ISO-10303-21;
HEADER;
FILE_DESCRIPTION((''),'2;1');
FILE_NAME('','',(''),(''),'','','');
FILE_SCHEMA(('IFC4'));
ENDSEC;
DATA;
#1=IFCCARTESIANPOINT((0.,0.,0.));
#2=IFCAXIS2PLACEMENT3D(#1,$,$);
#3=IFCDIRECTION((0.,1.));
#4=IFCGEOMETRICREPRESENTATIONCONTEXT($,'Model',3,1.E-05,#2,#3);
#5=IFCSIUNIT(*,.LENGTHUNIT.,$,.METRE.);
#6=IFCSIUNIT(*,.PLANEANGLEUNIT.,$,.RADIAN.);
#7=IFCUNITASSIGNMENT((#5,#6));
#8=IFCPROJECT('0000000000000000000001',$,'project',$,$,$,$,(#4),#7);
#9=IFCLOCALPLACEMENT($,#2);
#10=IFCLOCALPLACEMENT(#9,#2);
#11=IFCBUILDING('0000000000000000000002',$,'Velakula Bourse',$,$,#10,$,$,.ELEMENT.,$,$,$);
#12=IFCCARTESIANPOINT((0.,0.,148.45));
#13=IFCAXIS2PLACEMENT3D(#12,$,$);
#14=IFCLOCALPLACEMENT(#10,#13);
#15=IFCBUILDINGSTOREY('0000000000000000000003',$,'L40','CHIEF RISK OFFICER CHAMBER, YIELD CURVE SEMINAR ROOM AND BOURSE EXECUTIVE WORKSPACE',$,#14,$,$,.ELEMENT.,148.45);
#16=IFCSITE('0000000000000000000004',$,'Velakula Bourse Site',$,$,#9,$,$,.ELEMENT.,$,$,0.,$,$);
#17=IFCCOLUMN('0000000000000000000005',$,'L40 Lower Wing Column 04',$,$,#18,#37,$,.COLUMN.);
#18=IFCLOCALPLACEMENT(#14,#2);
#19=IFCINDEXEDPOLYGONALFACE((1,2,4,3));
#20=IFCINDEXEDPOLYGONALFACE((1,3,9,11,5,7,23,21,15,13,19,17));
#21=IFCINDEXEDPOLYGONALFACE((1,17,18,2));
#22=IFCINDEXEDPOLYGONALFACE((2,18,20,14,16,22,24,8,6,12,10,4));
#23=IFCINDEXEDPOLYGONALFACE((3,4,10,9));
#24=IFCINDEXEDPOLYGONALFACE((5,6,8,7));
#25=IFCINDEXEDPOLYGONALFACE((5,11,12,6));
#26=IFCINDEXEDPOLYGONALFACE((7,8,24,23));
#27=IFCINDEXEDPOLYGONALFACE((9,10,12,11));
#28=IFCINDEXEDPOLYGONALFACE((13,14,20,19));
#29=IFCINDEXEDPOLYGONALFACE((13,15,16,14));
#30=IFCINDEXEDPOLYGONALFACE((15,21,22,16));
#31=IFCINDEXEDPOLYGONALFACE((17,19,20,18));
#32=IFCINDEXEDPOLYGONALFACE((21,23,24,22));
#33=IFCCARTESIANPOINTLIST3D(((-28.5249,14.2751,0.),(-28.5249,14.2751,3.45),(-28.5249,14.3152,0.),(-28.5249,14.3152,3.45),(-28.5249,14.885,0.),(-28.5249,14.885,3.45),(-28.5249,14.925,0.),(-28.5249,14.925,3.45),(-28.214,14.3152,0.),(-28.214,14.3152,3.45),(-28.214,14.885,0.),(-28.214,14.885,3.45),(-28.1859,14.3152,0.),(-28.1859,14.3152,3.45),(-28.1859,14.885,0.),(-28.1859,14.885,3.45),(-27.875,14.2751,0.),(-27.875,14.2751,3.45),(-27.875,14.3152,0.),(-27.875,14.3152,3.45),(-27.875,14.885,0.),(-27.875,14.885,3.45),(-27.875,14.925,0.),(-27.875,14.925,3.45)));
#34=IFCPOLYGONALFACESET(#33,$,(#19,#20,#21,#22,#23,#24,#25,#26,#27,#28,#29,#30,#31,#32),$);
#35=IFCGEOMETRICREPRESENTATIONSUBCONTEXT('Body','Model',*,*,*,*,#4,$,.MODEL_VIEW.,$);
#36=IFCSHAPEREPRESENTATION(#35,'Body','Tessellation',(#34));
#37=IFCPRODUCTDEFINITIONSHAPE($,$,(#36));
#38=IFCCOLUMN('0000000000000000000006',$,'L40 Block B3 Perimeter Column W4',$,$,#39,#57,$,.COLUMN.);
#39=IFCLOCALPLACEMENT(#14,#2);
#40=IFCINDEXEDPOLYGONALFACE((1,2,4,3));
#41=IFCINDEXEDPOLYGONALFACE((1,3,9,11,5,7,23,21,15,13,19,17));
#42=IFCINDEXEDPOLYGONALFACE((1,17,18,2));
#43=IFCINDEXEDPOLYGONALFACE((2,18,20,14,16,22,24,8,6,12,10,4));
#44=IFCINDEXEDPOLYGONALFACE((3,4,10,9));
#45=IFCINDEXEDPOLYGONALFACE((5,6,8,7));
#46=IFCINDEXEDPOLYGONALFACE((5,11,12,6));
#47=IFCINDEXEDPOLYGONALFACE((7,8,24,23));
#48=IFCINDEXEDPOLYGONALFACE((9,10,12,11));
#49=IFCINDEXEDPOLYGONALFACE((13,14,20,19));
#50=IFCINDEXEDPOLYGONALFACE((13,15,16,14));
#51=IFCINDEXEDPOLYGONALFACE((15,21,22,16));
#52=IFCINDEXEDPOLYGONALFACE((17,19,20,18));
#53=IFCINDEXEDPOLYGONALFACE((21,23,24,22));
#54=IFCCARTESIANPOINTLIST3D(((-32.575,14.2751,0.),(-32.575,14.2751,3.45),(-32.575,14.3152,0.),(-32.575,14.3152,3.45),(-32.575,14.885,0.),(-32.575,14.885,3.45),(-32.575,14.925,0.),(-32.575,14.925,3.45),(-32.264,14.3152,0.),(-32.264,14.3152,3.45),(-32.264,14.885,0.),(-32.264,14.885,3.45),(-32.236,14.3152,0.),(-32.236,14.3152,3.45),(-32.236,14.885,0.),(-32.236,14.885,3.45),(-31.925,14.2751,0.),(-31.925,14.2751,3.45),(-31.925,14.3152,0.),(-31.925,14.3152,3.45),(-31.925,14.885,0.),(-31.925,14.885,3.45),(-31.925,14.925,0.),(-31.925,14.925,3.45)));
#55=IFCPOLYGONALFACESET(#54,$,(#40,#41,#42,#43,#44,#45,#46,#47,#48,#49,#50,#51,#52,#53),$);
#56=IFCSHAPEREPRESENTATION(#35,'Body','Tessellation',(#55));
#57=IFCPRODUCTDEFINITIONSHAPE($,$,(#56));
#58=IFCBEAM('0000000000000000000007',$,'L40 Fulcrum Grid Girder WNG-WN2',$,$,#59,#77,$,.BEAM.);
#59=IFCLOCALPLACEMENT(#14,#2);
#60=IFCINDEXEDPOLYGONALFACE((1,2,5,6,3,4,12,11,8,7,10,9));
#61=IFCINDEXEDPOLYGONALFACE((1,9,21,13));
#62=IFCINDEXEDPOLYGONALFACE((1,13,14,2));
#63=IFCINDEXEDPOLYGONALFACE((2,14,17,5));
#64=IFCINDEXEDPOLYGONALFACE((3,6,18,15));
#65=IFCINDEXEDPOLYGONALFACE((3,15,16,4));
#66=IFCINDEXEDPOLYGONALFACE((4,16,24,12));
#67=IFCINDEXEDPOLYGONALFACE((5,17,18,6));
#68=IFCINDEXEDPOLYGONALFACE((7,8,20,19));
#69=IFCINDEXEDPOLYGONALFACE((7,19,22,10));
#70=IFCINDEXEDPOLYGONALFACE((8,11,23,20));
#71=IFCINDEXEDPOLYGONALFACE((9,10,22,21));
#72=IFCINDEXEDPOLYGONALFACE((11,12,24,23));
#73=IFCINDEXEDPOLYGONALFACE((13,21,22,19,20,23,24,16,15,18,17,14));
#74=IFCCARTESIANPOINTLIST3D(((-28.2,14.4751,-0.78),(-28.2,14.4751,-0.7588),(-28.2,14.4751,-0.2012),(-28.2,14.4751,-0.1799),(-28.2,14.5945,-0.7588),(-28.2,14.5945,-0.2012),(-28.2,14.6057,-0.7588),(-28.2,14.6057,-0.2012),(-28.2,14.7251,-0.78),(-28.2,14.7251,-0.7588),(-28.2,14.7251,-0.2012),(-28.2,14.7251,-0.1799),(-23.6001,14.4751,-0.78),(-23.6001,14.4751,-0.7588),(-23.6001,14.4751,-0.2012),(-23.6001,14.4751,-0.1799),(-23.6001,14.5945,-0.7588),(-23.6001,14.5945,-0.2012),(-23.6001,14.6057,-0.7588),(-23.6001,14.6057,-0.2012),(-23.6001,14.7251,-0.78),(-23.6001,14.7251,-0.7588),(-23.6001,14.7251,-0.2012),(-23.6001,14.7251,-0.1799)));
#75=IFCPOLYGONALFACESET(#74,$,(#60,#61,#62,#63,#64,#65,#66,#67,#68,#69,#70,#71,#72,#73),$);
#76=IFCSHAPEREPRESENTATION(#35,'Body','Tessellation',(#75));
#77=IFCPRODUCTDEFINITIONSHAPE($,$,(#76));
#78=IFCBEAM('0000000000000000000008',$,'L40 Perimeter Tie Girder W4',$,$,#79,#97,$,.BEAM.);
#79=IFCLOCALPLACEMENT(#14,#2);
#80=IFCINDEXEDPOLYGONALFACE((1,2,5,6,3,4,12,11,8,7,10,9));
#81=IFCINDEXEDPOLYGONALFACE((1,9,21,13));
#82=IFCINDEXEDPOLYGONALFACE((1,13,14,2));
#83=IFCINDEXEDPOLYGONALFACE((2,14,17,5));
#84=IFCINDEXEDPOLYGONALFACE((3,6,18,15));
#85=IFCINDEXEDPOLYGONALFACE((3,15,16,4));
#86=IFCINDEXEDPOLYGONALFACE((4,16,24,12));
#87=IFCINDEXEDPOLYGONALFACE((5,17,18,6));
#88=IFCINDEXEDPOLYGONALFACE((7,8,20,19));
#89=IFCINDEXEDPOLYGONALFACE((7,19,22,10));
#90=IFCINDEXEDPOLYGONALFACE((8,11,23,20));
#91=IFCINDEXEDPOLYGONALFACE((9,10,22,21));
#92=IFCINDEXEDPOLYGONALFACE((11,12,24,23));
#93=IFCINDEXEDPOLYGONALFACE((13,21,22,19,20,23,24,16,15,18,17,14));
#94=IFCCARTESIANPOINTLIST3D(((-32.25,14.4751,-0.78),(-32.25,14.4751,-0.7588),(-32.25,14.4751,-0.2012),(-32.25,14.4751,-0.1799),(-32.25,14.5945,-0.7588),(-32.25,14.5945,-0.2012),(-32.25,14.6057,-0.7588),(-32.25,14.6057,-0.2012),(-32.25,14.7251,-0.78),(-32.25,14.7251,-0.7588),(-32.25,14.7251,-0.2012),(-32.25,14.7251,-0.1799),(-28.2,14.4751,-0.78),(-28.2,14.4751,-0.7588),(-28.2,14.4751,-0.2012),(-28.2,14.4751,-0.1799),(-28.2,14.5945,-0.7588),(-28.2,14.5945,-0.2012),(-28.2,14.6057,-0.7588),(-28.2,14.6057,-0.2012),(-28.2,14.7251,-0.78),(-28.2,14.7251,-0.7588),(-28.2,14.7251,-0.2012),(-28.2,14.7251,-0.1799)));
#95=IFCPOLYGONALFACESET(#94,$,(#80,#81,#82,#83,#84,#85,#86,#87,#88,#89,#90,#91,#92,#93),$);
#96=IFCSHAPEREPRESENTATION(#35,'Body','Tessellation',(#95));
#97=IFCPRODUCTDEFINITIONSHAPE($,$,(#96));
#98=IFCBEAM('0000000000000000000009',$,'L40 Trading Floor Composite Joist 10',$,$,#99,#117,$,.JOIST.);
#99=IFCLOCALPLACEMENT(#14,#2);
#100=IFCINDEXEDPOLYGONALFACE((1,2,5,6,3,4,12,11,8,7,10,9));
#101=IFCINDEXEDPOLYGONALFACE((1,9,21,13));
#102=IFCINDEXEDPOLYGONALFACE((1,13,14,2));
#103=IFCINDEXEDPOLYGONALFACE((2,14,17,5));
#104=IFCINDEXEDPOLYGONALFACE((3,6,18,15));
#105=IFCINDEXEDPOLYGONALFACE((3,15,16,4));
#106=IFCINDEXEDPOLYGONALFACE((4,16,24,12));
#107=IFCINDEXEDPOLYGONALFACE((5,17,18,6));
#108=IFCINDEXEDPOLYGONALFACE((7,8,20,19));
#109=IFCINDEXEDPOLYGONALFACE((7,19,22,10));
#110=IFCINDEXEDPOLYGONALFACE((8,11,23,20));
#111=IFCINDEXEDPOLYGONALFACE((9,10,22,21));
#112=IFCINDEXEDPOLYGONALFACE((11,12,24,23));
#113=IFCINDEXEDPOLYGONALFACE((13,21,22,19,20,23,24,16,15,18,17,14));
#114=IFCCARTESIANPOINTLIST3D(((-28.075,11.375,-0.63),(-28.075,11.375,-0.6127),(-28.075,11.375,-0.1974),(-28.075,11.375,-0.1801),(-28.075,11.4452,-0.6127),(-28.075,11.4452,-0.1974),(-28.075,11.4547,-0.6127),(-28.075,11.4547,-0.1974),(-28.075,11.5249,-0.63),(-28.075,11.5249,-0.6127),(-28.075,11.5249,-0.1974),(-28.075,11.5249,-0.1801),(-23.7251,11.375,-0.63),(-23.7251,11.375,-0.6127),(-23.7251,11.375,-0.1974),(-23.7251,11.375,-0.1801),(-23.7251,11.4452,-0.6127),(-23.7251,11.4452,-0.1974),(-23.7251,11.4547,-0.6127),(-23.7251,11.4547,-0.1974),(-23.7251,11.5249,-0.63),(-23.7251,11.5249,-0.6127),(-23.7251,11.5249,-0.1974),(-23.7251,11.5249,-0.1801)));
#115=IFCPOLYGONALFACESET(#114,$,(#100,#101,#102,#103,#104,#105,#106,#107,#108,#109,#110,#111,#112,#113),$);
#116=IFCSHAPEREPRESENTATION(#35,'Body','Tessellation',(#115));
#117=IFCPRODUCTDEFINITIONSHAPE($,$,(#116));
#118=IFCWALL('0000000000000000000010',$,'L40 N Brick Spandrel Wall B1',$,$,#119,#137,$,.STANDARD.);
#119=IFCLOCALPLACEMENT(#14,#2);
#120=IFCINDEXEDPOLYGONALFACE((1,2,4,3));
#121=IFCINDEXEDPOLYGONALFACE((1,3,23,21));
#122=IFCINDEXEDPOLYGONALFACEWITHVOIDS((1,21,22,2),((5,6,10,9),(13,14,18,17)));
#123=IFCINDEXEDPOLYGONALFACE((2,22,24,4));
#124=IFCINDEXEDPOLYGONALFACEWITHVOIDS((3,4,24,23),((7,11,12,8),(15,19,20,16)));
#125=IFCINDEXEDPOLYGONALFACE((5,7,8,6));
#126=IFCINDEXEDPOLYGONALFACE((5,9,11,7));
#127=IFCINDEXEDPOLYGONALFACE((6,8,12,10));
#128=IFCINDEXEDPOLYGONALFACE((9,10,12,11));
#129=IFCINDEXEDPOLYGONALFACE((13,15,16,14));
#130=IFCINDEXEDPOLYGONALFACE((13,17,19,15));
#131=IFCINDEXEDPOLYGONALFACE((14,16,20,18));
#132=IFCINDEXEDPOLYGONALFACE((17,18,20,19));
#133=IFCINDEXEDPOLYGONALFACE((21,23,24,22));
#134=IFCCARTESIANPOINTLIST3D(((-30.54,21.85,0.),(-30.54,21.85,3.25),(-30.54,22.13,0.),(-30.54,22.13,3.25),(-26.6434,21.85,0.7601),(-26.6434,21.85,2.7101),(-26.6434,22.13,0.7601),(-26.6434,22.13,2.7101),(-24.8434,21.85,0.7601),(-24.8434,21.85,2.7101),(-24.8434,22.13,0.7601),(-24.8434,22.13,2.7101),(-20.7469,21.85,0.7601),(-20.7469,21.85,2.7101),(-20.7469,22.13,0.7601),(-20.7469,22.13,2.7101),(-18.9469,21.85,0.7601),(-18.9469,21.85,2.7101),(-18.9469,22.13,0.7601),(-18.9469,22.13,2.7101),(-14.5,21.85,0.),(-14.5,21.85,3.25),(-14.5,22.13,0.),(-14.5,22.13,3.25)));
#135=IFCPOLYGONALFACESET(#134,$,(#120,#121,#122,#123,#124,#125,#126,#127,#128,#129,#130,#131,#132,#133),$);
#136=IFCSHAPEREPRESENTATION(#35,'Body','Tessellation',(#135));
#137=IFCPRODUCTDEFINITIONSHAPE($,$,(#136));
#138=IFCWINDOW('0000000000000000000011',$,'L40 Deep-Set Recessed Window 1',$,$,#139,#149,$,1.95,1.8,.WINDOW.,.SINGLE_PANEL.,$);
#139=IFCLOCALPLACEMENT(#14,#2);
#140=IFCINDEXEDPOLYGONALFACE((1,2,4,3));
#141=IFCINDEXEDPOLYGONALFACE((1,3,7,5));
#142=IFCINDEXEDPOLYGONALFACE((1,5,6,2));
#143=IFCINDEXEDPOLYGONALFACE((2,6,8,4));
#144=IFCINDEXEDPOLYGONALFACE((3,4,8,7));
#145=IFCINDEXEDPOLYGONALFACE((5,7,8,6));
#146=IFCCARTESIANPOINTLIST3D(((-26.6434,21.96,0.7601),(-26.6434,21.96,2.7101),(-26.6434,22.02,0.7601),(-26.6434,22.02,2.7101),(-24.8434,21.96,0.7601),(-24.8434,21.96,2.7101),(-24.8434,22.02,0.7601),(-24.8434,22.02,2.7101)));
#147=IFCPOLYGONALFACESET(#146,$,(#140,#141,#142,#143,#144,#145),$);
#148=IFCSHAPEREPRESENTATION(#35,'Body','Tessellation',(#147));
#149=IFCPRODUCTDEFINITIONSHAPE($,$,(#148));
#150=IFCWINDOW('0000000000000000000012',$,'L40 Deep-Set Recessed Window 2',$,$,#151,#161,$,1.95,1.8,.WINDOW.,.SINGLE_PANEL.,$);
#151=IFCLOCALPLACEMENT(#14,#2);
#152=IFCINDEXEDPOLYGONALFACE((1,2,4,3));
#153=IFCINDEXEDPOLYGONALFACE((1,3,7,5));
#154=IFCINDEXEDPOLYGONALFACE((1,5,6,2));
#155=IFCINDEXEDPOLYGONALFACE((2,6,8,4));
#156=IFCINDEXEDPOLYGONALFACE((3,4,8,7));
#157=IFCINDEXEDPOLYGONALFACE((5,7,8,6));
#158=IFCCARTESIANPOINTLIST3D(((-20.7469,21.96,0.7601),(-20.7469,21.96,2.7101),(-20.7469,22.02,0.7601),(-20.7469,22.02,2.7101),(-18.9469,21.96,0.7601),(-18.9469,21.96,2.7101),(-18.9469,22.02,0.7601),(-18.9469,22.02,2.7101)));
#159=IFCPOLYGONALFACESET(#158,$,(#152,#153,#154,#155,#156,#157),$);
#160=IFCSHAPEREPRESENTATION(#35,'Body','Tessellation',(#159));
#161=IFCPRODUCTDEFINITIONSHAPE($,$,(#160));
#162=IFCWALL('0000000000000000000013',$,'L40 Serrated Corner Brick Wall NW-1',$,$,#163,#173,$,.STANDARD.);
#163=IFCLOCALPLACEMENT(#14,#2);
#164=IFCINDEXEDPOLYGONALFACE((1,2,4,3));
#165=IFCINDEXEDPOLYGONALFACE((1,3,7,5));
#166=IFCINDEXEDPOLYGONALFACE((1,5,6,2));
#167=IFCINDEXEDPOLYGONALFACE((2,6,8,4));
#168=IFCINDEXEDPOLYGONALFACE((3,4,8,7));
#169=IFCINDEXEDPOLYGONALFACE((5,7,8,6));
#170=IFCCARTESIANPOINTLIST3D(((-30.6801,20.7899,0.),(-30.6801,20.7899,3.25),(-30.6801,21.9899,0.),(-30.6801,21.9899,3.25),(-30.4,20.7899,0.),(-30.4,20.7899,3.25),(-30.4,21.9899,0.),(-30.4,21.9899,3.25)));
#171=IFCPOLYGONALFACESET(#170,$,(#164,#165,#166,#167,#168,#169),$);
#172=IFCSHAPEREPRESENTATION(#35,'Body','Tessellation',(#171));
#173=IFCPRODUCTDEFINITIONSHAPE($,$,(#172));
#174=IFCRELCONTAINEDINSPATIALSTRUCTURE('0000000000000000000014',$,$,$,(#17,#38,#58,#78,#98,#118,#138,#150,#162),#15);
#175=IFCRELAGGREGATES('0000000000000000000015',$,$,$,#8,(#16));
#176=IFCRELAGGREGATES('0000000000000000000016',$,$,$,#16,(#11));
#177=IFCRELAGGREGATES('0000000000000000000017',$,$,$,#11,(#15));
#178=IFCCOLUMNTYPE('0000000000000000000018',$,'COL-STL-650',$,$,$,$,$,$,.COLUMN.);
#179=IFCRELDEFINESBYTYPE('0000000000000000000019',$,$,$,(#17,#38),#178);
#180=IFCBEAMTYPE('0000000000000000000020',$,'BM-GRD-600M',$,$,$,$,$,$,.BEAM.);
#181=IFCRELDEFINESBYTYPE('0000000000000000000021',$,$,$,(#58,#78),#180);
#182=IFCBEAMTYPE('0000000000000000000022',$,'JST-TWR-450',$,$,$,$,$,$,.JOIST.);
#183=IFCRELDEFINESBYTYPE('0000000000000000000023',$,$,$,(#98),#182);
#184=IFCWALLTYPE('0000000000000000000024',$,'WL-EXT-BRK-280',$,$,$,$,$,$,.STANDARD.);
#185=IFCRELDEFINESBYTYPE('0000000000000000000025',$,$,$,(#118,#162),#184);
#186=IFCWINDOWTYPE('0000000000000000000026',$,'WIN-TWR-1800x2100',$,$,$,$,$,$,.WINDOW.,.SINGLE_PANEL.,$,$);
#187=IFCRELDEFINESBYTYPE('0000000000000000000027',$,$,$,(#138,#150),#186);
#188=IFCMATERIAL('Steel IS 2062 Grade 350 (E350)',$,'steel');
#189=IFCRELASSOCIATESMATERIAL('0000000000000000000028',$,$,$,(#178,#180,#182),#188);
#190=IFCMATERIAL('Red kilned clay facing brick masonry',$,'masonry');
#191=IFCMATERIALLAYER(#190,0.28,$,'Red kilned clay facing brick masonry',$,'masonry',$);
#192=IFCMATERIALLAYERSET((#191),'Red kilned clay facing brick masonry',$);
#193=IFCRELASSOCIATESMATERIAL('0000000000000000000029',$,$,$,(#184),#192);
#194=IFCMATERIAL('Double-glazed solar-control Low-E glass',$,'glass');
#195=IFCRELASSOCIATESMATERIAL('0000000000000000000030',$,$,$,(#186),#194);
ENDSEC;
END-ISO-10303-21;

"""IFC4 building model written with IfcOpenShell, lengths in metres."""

from ifc_helpers import new_model, si_unit, direction, frame, frame_2d, origin, origin_2d, place, context, subcontext, project, spatial, rectangle, i_section, extrude, material, layer, layer_set, material_profile, profile_set, type_object, element, fill, save


model = new_model("IFC4")

# Units and contexts
model_context = context("Model", 3, precision=1e-05, world=origin(), true_north=direction((0.0, 1.0)))
body_context = subcontext(model_context, "Body", "Model", "MODEL_VIEW")
ifc_project = project(units=[si_unit("LENGTHUNIT", "METRE"), si_unit("PLANEANGLEUNIT", "RADIAN")], contexts=[model_context])

# Site, building, storey
site_placement = place(None, origin())
site = spatial("IfcSite", under=ifc_project, at=site_placement, Name="Velakula Bourse Site", CompositionType="ELEMENT", RefElevation=0.0)
building_placement = place(site_placement, origin())
building = spatial("IfcBuilding", under=site, at=building_placement, Name="Velakula Bourse", CompositionType="ELEMENT")
storey_placement = place(building_placement, frame((0.0, 0.0, 148.45)))
storey = spatial("IfcBuildingStorey", under=building, at=storey_placement, Name="L40", Description="CHIEF RISK OFFICER CHAMBER, YIELD CURVE SEMINAR ROOM AND BOURSE EXECUTIVE WORKSPACE", CompositionType="ELEMENT", Elevation=148.45)

# Columns
ifc_material_1 = material(Name="Steel IS 2062 Grade 350 (E350)", Category="steel")
ifc_material_profile_1 = material_profile(ifc_material_1, i_section(OverallWidth=0.6499, OverallDepth=0.6499, WebThickness=0.0281, FlangeThickness=0.04, at=origin_2d()), Name="Steel IS 2062 Grade 350 (E350)")
ifc_profile_set_1 = profile_set([ifc_material_profile_1], Name="Steel IS 2062 Grade 350 (E350)")
column_type = type_object("IfcColumnType", Name="COL-STL-650", PredefinedType="COLUMN", material=ifc_profile_set_1)
for number, where, z_axis, x_axis, name in (
    (1, (-28.2, 14.6001, 0.0), (0.0, 0.0, 1.0), (1.0, 0.0, 0.0), "L40 Lower Wing Column 04"),
    (2, (-32.25, 14.6001, 0.0), (0.0, 0.0, 1.0), (1.0, 0.0, 0.0), "L40 Block B3 Perimeter Column W4"),
):
    element("IfcColumn", number, at=place(storey_placement, frame(where, z_axis=z_axis, x_axis=x_axis)), inside=storey, type_object=column_type, Name=name, PredefinedType="COLUMN", context=body_context, shape_type="SweptSolid", body=[
        extrude(i_section(OverallWidth=0.6499, OverallDepth=0.6499, WebThickness=0.0281, FlangeThickness=0.04, at=origin_2d()), origin(), (0.0, 0.0, 1.0), 3.45),
    ])

# Beams
ifc_material_profile_2 = material_profile(ifc_material_1, i_section(OverallWidth=0.25, OverallDepth=0.6001, WebThickness=0.0112, FlangeThickness=0.0212, at=origin_2d()), Name="Steel IS 2062 Grade 350 (E350)")
ifc_profile_set_2 = profile_set([ifc_material_profile_2], Name="Steel IS 2062 Grade 350 (E350)")
beam_type_1 = type_object("IfcBeamType", Name="BM-GRD-600M", PredefinedType="BEAM", material=ifc_profile_set_2)
beam_1_placement = place(storey_placement, frame((-28.2, 14.6001, -0.48), z_axis=(1.0, 0.0, 0.0), x_axis=(0.0, 1.0, 0.0)))
element("IfcBeam", 3, at=beam_1_placement, inside=storey, type_object=beam_type_1, Name="L40 Fulcrum Grid Girder WNG-WN2", PredefinedType="BEAM", context=body_context, shape_type="SweptSolid", body=[
    extrude(i_section(OverallWidth=0.25, OverallDepth=0.6001, WebThickness=0.0112, FlangeThickness=0.0212, at=origin_2d()), origin(), (0.0, 0.0, 1.0), 4.5999),
])
beam_2_placement = place(storey_placement, frame((-28.2, 14.6001, -0.48), z_axis=(-1.0, 0.0, 0.0), x_axis=(0.0, -1.0, 0.0)))
element("IfcBeam", 4, at=beam_2_placement, inside=storey, type_object=beam_type_1, Name="L40 Perimeter Tie Girder W4", PredefinedType="BEAM", context=body_context, shape_type="SweptSolid", body=[
    extrude(i_section(OverallWidth=0.25, OverallDepth=0.6001, WebThickness=0.0112, FlangeThickness=0.0212, at=origin_2d()), origin(), (0.0, 0.0, 1.0), 4.05),
])
ifc_material_profile_3 = material_profile(ifc_material_1, i_section(OverallWidth=0.1499, OverallDepth=0.45, WebThickness=0.0095, FlangeThickness=0.0173, at=origin_2d()), Name="Steel IS 2062 Grade 350 (E350)")
ifc_profile_set_3 = profile_set([ifc_material_profile_3], Name="Steel IS 2062 Grade 350 (E350)")
beam_type_2 = type_object("IfcBeamType", Name="JST-TWR-450", PredefinedType="JOIST", material=ifc_profile_set_3)
beam_3_placement = place(storey_placement, frame((-28.075, 11.45, -0.405), z_axis=(1.0, 0.0, 0.0), x_axis=(0.0, 1.0, 0.0)))
element("IfcBeam", 5, at=beam_3_placement, inside=storey, type_object=beam_type_2, Name="L40 Trading Floor Composite Joist 10", PredefinedType="JOIST", context=body_context, shape_type="SweptSolid", body=[
    extrude(i_section(OverallWidth=0.1499, OverallDepth=0.45, WebThickness=0.0095, FlangeThickness=0.0173, at=origin_2d()), origin(), (0.0, 0.0, 1.0), 4.3499),
])

# Wall, openings, windows
ifc_material_2 = material(Name="Red kilned clay facing brick masonry", Category="masonry")
ifc_layer_1 = layer(ifc_material_2, 0.28, Name="Red kilned clay facing brick masonry", Category="masonry")
ifc_layer_set_1 = layer_set([ifc_layer_1], Name="Red kilned clay facing brick masonry")
wall_type_1 = type_object("IfcWallType", Name="WL-EXT-BRK-280", PredefinedType="STANDARD", material=ifc_layer_set_1)
wall_1_placement = place(storey_placement, frame((-30.54, 21.99, 0.0), z_axis=(0.0, 0.0, 1.0), x_axis=(1.0, 0.0, 0.0)))
wall_1 = element("IfcWall", 6, at=wall_1_placement, inside=storey, type_object=wall_type_1, Name="L40 N Brick Spandrel Wall B1", PredefinedType="STANDARD", context=body_context, shape_type="SweptSolid", body=[
    extrude(rectangle(XDim=16.04, YDim=0.28, at=frame_2d((8.02, 0.0))), origin(), (0.0, 0.0, 1.0), 3.25),
])
opening_1_placement = place(wall_1_placement, frame((3.8967, 0.0, 0.76)))
opening_1 = element("IfcOpeningElement", 7, at=opening_1_placement, cuts=wall_1, PredefinedType="OPENING", context=body_context, shape_type="SweptSolid", body=[
    extrude(rectangle(XDim=1.8, YDim=1.95, at=frame_2d((0.8999, 0.9751))), frame((0.0, 0.1499, 0.0), z_axis=(0.0, -1.0, 0.0), x_axis=(1.0, 0.0, 0.0)), (0.0, 0.0, 1.0), 0.3),
])
opening_2_placement = place(wall_1_placement, frame((9.7932, 0.0, 0.76)))
opening_2 = element("IfcOpeningElement", 8, at=opening_2_placement, cuts=wall_1, PredefinedType="OPENING", context=body_context, shape_type="SweptSolid", body=[
    extrude(rectangle(XDim=1.8, YDim=1.95, at=frame_2d((0.8999, 0.9751))), frame((0.0, 0.1499, 0.0), z_axis=(0.0, -1.0, 0.0), x_axis=(1.0, 0.0, 0.0)), (0.0, 0.0, 1.0), 0.3),
])
ifc_material_3 = material(Name="Double-glazed solar-control Low-E glass", Category="glass")
window_type = type_object("IfcWindowType", Name="WIN-TWR-1800x2100", PartitioningType="SINGLE_PANEL", PredefinedType="WINDOW", material=ifc_material_3)
window_1_placement = place(opening_1_placement, origin())
window_1 = element("IfcWindow", 9, at=window_1_placement, inside=storey, type_object=window_type, Name="L40 Deep-Set Recessed Window 1", OverallHeight=1.95, OverallWidth=1.8, PartitioningType="SINGLE_PANEL", PredefinedType="WINDOW", context=body_context, shape_type="SweptSolid", body=[
    extrude(rectangle(XDim=1.8, YDim=1.95, at=frame_2d((0.8999, 0.9751))), frame((0.0, 0.03, 0.0), z_axis=(0.0, -1.0, 0.0), x_axis=(1.0, 0.0, 0.0)), (0.0, 0.0, 1.0), 0.0601),
])
fill(opening_1, window_1)
window_2_placement = place(opening_2_placement, origin())
window_2 = element("IfcWindow", 10, at=window_2_placement, inside=storey, type_object=window_type, Name="L40 Deep-Set Recessed Window 2", OverallHeight=1.95, OverallWidth=1.8, PartitioningType="SINGLE_PANEL", PredefinedType="WINDOW", context=body_context, shape_type="SweptSolid", body=[
    extrude(rectangle(XDim=1.8, YDim=1.95, at=frame_2d((0.8999, 0.9751))), frame((0.0, 0.03, 0.0), z_axis=(0.0, -1.0, 0.0), x_axis=(1.0, 0.0, 0.0)), (0.0, 0.0, 1.0), 0.0601),
])
fill(opening_2, window_2)

# Wall
for number, where, z_axis, x_axis, name in (
    (11, (-30.54, 21.99, 0.0), (0.0, 0.0, 1.0), (0.0, -1.0, 0.0), "L40 Serrated Corner Brick Wall NW-1"),
):
    element("IfcWall", number, at=place(storey_placement, frame(where, z_axis=z_axis, x_axis=x_axis)), inside=storey, type_object=wall_type_1, Name=name, PredefinedType="STANDARD", context=body_context, shape_type="SweptSolid", body=[
        extrude(rectangle(XDim=1.2, YDim=0.28, at=frame_2d((0.6001, 0.0))), origin(), (0.0, 0.0, 1.0), 3.25),
    ])

save(model, "model.ifc")
